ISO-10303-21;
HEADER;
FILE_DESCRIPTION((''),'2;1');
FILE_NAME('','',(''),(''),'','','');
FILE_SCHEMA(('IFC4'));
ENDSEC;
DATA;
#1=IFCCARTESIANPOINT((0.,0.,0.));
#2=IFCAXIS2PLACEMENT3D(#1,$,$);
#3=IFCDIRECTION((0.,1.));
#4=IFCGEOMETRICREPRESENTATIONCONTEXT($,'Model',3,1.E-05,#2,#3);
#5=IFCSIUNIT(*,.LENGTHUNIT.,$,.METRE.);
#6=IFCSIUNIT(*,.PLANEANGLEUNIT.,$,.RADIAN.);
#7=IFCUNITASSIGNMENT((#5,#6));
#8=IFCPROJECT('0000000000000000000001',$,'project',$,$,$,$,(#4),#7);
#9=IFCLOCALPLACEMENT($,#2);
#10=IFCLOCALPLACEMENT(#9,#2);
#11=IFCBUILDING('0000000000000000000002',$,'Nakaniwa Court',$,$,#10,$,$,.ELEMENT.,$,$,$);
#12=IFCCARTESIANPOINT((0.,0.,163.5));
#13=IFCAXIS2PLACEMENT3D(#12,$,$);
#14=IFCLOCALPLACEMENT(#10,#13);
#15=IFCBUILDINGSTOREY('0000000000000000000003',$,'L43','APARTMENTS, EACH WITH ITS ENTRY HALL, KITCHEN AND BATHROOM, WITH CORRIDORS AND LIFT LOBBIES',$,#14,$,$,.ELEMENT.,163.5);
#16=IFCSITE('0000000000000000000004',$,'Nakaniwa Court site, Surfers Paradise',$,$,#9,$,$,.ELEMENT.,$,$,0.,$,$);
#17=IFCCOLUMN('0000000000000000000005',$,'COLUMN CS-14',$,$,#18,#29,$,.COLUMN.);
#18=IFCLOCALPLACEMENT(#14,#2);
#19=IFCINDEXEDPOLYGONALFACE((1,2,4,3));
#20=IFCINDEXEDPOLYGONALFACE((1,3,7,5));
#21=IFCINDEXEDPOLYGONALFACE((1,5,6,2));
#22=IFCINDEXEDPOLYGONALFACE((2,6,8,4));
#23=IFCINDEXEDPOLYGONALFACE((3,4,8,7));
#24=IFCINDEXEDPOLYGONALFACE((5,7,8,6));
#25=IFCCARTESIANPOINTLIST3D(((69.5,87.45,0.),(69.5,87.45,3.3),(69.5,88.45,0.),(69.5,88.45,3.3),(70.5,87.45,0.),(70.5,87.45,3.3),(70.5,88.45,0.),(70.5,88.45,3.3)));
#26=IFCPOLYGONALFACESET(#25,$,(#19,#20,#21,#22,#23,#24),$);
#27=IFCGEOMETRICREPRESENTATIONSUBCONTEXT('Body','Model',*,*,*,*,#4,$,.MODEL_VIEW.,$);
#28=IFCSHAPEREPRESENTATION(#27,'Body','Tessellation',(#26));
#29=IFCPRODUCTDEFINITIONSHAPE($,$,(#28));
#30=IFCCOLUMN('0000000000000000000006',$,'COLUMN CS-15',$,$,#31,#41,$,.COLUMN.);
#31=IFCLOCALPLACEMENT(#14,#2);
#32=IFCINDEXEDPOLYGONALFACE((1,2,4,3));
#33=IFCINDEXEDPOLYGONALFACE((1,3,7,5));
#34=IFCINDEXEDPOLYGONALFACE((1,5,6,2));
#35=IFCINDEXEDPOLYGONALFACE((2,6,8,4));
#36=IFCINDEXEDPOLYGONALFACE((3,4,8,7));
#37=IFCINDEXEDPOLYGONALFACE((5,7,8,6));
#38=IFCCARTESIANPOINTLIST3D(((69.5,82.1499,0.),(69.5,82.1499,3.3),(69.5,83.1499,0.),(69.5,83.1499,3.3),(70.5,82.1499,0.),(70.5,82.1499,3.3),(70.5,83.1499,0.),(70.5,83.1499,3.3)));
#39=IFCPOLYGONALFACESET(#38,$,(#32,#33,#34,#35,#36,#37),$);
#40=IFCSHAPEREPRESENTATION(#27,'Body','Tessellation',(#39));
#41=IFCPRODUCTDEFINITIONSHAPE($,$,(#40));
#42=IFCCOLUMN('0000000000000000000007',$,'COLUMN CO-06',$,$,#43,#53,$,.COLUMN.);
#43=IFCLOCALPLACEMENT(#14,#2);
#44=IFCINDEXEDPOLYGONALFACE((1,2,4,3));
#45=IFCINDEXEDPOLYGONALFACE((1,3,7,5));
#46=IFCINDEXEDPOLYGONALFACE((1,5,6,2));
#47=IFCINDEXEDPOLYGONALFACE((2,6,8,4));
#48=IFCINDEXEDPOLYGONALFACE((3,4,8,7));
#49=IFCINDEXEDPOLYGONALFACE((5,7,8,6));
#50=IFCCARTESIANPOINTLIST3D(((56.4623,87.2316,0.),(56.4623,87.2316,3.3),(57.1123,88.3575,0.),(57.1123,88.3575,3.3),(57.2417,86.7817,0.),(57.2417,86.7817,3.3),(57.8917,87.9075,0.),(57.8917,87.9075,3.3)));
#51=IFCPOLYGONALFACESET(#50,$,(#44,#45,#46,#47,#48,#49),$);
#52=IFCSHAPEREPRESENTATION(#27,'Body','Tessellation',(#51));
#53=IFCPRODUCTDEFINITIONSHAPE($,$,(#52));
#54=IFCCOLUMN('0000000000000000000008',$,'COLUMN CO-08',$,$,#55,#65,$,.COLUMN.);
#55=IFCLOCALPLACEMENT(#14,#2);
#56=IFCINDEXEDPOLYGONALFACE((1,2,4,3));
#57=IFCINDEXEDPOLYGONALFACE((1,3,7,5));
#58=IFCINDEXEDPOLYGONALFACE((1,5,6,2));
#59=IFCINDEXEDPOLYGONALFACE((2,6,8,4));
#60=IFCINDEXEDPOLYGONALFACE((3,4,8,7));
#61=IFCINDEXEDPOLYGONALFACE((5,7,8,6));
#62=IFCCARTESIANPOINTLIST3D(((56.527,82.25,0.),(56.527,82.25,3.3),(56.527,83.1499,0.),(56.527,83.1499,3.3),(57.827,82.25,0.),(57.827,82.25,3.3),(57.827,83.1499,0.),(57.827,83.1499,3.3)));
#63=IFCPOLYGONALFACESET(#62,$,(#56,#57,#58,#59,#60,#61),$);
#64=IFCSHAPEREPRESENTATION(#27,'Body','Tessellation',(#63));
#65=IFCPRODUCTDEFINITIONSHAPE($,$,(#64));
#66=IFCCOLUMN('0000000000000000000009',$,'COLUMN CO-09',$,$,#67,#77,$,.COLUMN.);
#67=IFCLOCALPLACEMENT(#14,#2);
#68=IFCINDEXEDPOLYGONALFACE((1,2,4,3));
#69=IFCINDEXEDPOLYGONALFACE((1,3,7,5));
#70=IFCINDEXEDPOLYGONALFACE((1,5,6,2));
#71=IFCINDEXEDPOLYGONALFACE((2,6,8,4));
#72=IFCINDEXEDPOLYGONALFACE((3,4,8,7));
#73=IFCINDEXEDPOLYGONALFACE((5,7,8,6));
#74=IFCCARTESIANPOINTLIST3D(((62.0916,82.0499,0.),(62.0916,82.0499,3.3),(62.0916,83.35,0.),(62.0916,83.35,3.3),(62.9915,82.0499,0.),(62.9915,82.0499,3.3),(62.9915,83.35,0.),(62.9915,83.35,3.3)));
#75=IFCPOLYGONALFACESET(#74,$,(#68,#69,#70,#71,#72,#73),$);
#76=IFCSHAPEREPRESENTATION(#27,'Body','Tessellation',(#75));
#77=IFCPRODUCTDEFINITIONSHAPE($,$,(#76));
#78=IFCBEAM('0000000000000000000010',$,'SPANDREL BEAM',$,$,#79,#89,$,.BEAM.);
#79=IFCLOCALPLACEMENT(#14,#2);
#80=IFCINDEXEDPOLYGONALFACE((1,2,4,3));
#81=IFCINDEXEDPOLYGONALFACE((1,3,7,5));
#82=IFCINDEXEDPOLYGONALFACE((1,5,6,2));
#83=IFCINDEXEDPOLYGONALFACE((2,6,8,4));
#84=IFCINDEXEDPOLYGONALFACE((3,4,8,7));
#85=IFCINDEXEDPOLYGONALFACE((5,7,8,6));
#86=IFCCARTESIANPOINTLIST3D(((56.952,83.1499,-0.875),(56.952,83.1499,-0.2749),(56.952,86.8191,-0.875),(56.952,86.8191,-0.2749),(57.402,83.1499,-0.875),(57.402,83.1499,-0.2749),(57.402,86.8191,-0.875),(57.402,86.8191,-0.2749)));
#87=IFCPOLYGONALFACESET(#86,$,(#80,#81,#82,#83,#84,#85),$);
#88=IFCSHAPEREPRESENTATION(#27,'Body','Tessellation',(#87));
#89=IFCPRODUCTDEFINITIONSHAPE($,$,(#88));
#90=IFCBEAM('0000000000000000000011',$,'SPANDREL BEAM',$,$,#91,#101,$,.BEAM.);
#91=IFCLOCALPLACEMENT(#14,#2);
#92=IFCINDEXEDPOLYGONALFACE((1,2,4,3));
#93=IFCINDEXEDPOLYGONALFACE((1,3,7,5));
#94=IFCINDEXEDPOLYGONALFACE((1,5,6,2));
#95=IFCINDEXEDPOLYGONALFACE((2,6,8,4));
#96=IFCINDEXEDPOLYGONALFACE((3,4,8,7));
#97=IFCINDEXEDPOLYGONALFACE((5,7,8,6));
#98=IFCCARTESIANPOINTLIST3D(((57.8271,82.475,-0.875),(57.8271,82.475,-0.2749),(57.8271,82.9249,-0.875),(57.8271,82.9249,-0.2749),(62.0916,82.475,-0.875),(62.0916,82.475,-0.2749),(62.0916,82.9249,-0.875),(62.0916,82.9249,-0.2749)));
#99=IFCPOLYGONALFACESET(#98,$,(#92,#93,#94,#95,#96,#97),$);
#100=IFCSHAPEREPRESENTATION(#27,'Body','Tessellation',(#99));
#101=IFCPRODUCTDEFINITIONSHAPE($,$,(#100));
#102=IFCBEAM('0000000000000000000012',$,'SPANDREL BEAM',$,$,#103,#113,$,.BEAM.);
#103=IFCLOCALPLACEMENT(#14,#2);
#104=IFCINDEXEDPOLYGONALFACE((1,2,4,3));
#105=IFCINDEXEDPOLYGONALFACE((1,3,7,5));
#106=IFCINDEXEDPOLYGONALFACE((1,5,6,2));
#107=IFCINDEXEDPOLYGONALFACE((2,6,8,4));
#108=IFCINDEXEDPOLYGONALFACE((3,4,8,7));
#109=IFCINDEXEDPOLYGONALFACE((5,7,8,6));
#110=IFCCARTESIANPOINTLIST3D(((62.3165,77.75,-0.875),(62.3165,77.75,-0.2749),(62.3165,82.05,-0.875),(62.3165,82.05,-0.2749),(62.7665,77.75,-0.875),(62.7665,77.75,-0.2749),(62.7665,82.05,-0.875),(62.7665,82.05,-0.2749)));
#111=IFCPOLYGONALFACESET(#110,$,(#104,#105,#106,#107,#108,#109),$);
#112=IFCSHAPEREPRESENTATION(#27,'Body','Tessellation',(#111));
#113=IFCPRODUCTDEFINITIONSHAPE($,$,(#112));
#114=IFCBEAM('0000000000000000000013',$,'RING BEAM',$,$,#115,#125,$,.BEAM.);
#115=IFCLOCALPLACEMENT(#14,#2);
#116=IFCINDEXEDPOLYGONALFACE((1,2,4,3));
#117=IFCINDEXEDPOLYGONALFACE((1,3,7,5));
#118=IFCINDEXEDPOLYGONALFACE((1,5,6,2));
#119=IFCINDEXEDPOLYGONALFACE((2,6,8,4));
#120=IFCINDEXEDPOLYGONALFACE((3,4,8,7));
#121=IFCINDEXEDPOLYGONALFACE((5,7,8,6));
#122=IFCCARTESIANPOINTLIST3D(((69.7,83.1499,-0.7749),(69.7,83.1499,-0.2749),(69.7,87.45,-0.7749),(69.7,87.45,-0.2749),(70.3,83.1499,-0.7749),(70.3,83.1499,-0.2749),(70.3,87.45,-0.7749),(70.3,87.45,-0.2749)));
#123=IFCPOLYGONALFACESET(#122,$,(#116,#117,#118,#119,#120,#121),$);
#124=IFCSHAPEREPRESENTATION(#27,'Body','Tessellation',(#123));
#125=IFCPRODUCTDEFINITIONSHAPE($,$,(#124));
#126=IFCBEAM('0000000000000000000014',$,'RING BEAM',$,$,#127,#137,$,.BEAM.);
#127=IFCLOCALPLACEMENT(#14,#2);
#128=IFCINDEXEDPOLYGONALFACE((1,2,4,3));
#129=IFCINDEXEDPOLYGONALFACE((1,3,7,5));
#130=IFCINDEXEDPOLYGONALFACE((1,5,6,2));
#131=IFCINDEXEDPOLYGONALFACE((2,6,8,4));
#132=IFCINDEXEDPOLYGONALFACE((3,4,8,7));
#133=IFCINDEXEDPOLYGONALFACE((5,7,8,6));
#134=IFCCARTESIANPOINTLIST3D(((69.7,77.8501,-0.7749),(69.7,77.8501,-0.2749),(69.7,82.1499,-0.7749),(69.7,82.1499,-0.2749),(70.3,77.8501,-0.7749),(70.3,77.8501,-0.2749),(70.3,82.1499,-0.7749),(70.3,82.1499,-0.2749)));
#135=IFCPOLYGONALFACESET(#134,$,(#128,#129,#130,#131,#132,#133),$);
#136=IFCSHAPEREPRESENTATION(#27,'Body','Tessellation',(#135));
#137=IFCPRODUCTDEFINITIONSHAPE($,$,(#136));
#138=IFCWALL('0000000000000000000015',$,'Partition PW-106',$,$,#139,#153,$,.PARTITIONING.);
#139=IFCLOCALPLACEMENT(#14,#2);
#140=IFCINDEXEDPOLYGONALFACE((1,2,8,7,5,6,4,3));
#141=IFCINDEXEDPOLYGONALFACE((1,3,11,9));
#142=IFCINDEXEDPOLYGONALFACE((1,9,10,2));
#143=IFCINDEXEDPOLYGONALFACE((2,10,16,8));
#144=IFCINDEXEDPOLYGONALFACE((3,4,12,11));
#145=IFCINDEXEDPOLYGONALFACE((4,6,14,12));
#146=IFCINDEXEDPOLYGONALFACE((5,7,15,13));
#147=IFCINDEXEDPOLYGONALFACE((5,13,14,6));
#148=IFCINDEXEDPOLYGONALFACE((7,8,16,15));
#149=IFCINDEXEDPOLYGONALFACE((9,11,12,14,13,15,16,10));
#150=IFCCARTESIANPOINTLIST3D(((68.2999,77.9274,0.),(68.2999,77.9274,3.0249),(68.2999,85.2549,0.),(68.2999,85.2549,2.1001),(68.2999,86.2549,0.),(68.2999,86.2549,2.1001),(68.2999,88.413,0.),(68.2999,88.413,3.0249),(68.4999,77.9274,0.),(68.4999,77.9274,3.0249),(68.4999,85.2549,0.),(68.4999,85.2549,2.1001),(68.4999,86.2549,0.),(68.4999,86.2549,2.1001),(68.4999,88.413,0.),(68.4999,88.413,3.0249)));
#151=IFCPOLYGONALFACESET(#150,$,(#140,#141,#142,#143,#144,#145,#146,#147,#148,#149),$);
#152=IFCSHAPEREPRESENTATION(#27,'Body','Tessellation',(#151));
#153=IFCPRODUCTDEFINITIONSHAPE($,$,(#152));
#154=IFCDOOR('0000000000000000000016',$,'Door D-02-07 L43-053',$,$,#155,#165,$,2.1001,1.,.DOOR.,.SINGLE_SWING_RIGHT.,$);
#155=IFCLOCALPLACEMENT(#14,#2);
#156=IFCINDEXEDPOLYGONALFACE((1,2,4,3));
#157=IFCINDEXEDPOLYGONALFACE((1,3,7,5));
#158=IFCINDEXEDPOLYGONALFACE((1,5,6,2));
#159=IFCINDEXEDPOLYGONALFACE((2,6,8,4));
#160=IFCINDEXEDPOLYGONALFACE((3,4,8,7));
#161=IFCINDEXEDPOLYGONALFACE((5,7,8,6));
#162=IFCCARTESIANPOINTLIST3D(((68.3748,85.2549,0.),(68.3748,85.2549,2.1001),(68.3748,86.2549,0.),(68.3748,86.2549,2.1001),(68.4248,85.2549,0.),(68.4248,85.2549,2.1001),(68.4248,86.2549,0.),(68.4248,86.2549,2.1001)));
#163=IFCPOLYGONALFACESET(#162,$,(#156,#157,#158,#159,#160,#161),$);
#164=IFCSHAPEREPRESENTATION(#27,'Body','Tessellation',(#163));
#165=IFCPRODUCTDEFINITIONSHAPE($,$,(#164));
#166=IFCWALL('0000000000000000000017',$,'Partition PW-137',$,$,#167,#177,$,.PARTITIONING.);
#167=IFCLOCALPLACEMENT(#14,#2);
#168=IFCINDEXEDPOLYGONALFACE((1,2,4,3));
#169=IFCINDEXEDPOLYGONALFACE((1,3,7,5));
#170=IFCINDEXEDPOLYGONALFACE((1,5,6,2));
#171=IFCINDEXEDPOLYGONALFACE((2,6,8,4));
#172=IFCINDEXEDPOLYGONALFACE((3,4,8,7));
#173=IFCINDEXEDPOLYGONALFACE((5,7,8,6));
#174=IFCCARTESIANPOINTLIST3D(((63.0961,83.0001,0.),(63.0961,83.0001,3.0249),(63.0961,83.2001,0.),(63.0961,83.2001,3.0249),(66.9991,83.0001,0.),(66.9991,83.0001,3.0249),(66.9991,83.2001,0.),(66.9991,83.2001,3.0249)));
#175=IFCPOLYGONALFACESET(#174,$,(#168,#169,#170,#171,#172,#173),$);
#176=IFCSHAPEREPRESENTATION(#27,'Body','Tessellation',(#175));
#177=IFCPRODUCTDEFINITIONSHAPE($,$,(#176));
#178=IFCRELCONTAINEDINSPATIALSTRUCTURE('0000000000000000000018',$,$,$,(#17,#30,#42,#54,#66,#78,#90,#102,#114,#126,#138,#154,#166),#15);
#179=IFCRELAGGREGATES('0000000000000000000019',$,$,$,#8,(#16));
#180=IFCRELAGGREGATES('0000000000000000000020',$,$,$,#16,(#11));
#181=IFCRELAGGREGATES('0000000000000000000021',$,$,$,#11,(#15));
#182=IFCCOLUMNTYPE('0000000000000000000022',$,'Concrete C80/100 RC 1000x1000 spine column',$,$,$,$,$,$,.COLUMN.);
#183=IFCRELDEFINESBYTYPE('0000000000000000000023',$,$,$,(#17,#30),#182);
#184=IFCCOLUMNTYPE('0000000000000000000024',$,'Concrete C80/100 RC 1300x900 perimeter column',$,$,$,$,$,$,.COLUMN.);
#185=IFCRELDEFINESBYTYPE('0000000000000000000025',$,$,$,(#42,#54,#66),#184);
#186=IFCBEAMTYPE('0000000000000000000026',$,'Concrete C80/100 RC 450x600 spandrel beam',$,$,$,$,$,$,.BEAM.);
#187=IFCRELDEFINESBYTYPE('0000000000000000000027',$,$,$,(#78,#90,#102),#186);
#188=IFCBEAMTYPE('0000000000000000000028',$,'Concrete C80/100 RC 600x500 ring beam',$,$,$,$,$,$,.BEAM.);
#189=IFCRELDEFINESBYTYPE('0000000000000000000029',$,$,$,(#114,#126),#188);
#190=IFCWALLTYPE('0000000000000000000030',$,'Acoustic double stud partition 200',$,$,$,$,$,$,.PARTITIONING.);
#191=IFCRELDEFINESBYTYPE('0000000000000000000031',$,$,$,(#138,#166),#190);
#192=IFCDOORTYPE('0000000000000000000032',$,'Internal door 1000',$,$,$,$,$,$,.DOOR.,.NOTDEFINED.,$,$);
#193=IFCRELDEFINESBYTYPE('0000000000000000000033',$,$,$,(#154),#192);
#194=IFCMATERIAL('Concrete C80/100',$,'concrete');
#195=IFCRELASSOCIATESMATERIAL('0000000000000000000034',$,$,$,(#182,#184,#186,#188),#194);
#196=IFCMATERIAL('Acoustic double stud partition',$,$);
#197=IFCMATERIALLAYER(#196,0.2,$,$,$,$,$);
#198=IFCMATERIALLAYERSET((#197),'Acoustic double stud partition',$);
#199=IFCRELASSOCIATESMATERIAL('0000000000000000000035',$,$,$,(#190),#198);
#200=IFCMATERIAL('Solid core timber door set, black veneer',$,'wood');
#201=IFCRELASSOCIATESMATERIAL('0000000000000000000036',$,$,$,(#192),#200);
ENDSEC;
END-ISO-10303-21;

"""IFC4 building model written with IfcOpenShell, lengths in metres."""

from ifc_helpers import new_model, si_unit, direction, frame, frame_2d, origin, origin_2d, place, context, subcontext, project, spatial, rectangle, extrude, material, layer, layer_set, material_profile, profile_set, type_object, element, fill, save


model = new_model("IFC4")

# Units and contexts
model_context = context("Model", 3, precision=1e-05, world=origin(), true_north=direction((0.0, 1.0)))
body_context = subcontext(model_context, "Body", "Model", "MODEL_VIEW")
ifc_project = project(units=[si_unit("LENGTHUNIT", "METRE"), si_unit("PLANEANGLEUNIT", "RADIAN")], contexts=[model_context])

# Site, building, storey
site_placement = place(None, origin())
site = spatial("IfcSite", under=ifc_project, at=site_placement, Name="Nakaniwa Court site, Surfers Paradise", CompositionType="ELEMENT", RefElevation=0.0)
building_placement = place(site_placement, origin())
building = spatial("IfcBuilding", under=site, at=building_placement, Name="Nakaniwa Court", CompositionType="ELEMENT")
storey_placement = place(building_placement, frame((0.0, 0.0, 163.5)))
storey = spatial("IfcBuildingStorey", under=building, at=storey_placement, Name="L43", Description="APARTMENTS, EACH WITH ITS ENTRY HALL, KITCHEN AND BATHROOM, WITH CORRIDORS AND LIFT LOBBIES", CompositionType="ELEMENT", Elevation=163.5)

# Columns
ifc_material_1 = material(Name="Concrete C80/100", Category="concrete")
ifc_material_profile_1 = material_profile(ifc_material_1, rectangle(XDim=1.0, YDim=1.0, at=origin_2d()), Name="Concrete C80/100 RC 1000x1000 spine column")
ifc_profile_set_1 = profile_set([ifc_material_profile_1], Name="Concrete C80/100")
column_type_1 = type_object("IfcColumnType", Name="Concrete C80/100 RC 1000x1000 spine column", PredefinedType="COLUMN", material=ifc_profile_set_1)
for number, where, z_axis, x_axis, name in (
    (1, (70.0, 87.95, 0.0), (0.0, 0.0, 1.0), (0.0, -1.0, 0.0), "COLUMN CS-14"),
    (2, (70.0, 82.6499, 0.0), (0.0, 0.0, 1.0), (0.0, -1.0, 0.0), "COLUMN CS-15"),
):
    element("IfcColumn", number, at=place(storey_placement, frame(where, z_axis=z_axis, x_axis=x_axis)), inside=storey, type_object=column_type_1, Name=name, PredefinedType="COLUMN", context=body_context, shape_type="SweptSolid", body=[
        extrude(rectangle(XDim=1.0, YDim=1.0, at=origin_2d()), origin(), (0.0, 0.0, 1.0), 3.3),
    ])
ifc_material_profile_2 = material_profile(ifc_material_1, rectangle(XDim=1.3, YDim=0.8999, at=origin_2d()), Name="Concrete C80/100 RC 1300x900 perimeter column")
ifc_profile_set_2 = profile_set([ifc_material_profile_2], Name="Concrete C80/100")
column_type_2 = type_object("IfcColumnType", Name="Concrete C80/100 RC 1300x900 perimeter column", PredefinedType="COLUMN", material=ifc_profile_set_2)
for number, where, z_axis, x_axis, name in (
    (3, (57.177, 87.5696, 0.0), (0.0, 0.0, 1.0), (-0.5, -0.866025, 0.0), "COLUMN CO-06"),
    (4, (57.177, 82.7, 0.0), (0.0, 0.0, 1.0), (1.0, 0.0, 0.0), "COLUMN CO-08"),
    (5, (62.5415, 82.7, 0.0), (0.0, 0.0, 1.0), (0.0, -1.0, 0.0), "COLUMN CO-09"),
):
    element("IfcColumn", number, at=place(storey_placement, frame(where, z_axis=z_axis, x_axis=x_axis)), inside=storey, type_object=column_type_2, Name=name, PredefinedType="COLUMN", context=body_context, shape_type="SweptSolid", body=[
        extrude(rectangle(XDim=1.3, YDim=0.8999, at=origin_2d()), origin(), (0.0, 0.0, 1.0), 3.3),
    ])

# Beams
ifc_material_profile_3 = material_profile(ifc_material_1, rectangle(XDim=0.45, YDim=0.6001, at=origin_2d()), Name="Concrete C80/100 RC 450x600 spandrel beam")
ifc_profile_set_3 = profile_set([ifc_material_profile_3], Name="Concrete C80/100")
beam_type_1 = type_object("IfcBeamType", Name="Concrete C80/100 RC 450x600 spandrel beam", PredefinedType="BEAM", material=ifc_profile_set_3)
beam_1_placement = place(storey_placement, frame((57.177, 86.8191, -0.575), z_axis=(0.0, -1.0, 0.0), x_axis=(1.0, 0.0, 0.0)))
element("IfcBeam", 6, at=beam_1_placement, inside=storey, type_object=beam_type_1, Name="SPANDREL BEAM", PredefinedType="BEAM", context=body_context, shape_type="SweptSolid", body=[
    extrude(rectangle(XDim=0.45, YDim=0.6001, at=origin_2d()), origin(), (0.0, 0.0, 1.0), 3.6692),
])
beam_2_placement = place(storey_placement, frame((57.8271, 82.7, -0.575), z_axis=(1.0, 0.0, 0.0), x_axis=(0.0, 1.0, 0.0)))
element("IfcBeam", 7, at=beam_2_placement, inside=storey, type_object=beam_type_1, Name="SPANDREL BEAM", PredefinedType="BEAM", context=body_context, shape_type="SweptSolid", body=[
    extrude(rectangle(XDim=0.45, YDim=0.6001, at=origin_2d()), origin(), (0.0, 0.0, 1.0), 4.2644),
])
beam_3_placement = place(storey_placement, frame((62.5415, 82.05, -0.575), z_axis=(0.0, -1.0, 0.0), x_axis=(1.0, 0.0, 0.0)))
element("IfcBeam", 8, at=beam_3_placement, inside=storey, type_object=beam_type_1, Name="SPANDREL BEAM", PredefinedType="BEAM", context=body_context, shape_type="SweptSolid", body=[
    extrude(rectangle(XDim=0.45, YDim=0.6001, at=origin_2d()), origin(), (0.0, 0.0, 1.0), 4.3),
])
ifc_material_profile_4 = material_profile(ifc_material_1, rectangle(XDim=0.6001, YDim=0.5, at=origin_2d()), Name="Concrete C80/100 RC 600x500 ring beam")
ifc_profile_set_4 = profile_set([ifc_material_profile_4], Name="Concrete C80/100")
beam_type_2 = type_object("IfcBeamType", Name="Concrete C80/100 RC 600x500 ring beam", PredefinedType="BEAM", material=ifc_profile_set_4)
beam_4_placement = place(storey_placement, frame((70.0, 87.45, -0.5249), z_axis=(0.0, -1.0, 0.0), x_axis=(1.0, 0.0, 0.0)))
element("IfcBeam", 9, at=beam_4_placement, inside=storey, type_object=beam_type_2, Name="RING BEAM", PredefinedType="BEAM", context=body_context, shape_type="SweptSolid", body=[
    extrude(rectangle(XDim=0.6001, YDim=0.5, at=origin_2d()), origin(), (0.0, 0.0, 1.0), 4.3),
])
beam_5_placement = place(storey_placement, frame((70.0, 82.1499, -0.5249), z_axis=(0.0, -1.0, 0.0), x_axis=(1.0, 0.0, 0.0)))
element("IfcBeam", 10, at=beam_5_placement, inside=storey, type_object=beam_type_2, Name="RING BEAM", PredefinedType="BEAM", context=body_context, shape_type="SweptSolid", body=[
    extrude(rectangle(XDim=0.6001, YDim=0.5, at=origin_2d()), origin(), (0.0, 0.0, 1.0), 4.2998),
])

# Wall, opening, door
ifc_material_2 = material(Name="Acoustic double stud partition")
ifc_layer_1 = layer(ifc_material_2, 0.2)
ifc_layer_set_1 = layer_set([ifc_layer_1], Name="Acoustic double stud partition")
wall_type_1 = type_object("IfcWallType", Name="Acoustic double stud partition 200", PredefinedType="PARTITIONING", material=ifc_layer_set_1)
wall_1_placement = place(storey_placement, frame((68.3999, 88.4128, 0.0), z_axis=(0.0, 0.0, 1.0), x_axis=(0.0, -1.0, 0.0)))
wall_1 = element("IfcWall", 11, at=wall_1_placement, inside=storey, type_object=wall_type_1, Name="Partition PW-106", PredefinedType="PARTITIONING", context=body_context, shape_type="SweptSolid", body=[
    extrude(rectangle(XDim=10.4856, YDim=0.2, at=frame_2d((5.2427, 0.0))), origin(), (0.0, 0.0, 1.0), 3.0249),
])
opening_1_placement = place(wall_1_placement, frame((2.158, 0.0, 0.0)))
opening_1 = element("IfcOpeningElement", 12, at=opening_1_placement, cuts=wall_1, PredefinedType="OPENING", context=body_context, shape_type="SweptSolid", body=[
    extrude(rectangle(XDim=1.0, YDim=2.1001, at=frame_2d((0.5, 1.05))), frame((0.0, 0.1099, 0.0), z_axis=(0.0, -1.0, 0.0), x_axis=(1.0, 0.0, 0.0)), (0.0, 0.0, 1.0), 0.22),
])
ifc_material_3 = material(Name="Solid core timber door set, black veneer", Category="wood")
door_type_1 = type_object("IfcDoorType", Name="Internal door 1000", OperationType="NOTDEFINED", PredefinedType="DOOR", material=ifc_material_3)
door_1_placement = place(opening_1_placement, origin())
door_1 = element("IfcDoor", 13, at=door_1_placement, inside=storey, type_object=door_type_1, Name="Door D-02-07 L43-053", OperationType="SINGLE_SWING_RIGHT", OverallHeight=2.1001, OverallWidth=1.0, PredefinedType="DOOR", context=body_context, shape_type="SweptSolid", body=[
    extrude(rectangle(XDim=1.0, YDim=2.1001, at=frame_2d((0.5, 1.05))), frame((0.0, 0.0249, 0.0), z_axis=(0.0, -1.0, 0.0), x_axis=(1.0, 0.0, 0.0)), (0.0, 0.0, 1.0), 0.05),
])
fill(opening_1, door_1)

# Wall
wall_2_placement = place(storey_placement, frame((63.0959, 83.1001, 0.0), z_axis=(0.0, 0.0, 1.0), x_axis=(1.0, 0.0, 0.0)))
element("IfcWall", 14, at=wall_2_placement, inside=storey, type_object=wall_type_1, Name="Partition PW-137", PredefinedType="PARTITIONING", context=body_context, shape_type="SweptSolid", body=[
    extrude(rectangle(XDim=3.9031, YDim=0.2, at=frame_2d((1.9517, 0.0))), origin(), (0.0, 0.0, 1.0), 3.0249),
])

save(model, "model.ifc")
